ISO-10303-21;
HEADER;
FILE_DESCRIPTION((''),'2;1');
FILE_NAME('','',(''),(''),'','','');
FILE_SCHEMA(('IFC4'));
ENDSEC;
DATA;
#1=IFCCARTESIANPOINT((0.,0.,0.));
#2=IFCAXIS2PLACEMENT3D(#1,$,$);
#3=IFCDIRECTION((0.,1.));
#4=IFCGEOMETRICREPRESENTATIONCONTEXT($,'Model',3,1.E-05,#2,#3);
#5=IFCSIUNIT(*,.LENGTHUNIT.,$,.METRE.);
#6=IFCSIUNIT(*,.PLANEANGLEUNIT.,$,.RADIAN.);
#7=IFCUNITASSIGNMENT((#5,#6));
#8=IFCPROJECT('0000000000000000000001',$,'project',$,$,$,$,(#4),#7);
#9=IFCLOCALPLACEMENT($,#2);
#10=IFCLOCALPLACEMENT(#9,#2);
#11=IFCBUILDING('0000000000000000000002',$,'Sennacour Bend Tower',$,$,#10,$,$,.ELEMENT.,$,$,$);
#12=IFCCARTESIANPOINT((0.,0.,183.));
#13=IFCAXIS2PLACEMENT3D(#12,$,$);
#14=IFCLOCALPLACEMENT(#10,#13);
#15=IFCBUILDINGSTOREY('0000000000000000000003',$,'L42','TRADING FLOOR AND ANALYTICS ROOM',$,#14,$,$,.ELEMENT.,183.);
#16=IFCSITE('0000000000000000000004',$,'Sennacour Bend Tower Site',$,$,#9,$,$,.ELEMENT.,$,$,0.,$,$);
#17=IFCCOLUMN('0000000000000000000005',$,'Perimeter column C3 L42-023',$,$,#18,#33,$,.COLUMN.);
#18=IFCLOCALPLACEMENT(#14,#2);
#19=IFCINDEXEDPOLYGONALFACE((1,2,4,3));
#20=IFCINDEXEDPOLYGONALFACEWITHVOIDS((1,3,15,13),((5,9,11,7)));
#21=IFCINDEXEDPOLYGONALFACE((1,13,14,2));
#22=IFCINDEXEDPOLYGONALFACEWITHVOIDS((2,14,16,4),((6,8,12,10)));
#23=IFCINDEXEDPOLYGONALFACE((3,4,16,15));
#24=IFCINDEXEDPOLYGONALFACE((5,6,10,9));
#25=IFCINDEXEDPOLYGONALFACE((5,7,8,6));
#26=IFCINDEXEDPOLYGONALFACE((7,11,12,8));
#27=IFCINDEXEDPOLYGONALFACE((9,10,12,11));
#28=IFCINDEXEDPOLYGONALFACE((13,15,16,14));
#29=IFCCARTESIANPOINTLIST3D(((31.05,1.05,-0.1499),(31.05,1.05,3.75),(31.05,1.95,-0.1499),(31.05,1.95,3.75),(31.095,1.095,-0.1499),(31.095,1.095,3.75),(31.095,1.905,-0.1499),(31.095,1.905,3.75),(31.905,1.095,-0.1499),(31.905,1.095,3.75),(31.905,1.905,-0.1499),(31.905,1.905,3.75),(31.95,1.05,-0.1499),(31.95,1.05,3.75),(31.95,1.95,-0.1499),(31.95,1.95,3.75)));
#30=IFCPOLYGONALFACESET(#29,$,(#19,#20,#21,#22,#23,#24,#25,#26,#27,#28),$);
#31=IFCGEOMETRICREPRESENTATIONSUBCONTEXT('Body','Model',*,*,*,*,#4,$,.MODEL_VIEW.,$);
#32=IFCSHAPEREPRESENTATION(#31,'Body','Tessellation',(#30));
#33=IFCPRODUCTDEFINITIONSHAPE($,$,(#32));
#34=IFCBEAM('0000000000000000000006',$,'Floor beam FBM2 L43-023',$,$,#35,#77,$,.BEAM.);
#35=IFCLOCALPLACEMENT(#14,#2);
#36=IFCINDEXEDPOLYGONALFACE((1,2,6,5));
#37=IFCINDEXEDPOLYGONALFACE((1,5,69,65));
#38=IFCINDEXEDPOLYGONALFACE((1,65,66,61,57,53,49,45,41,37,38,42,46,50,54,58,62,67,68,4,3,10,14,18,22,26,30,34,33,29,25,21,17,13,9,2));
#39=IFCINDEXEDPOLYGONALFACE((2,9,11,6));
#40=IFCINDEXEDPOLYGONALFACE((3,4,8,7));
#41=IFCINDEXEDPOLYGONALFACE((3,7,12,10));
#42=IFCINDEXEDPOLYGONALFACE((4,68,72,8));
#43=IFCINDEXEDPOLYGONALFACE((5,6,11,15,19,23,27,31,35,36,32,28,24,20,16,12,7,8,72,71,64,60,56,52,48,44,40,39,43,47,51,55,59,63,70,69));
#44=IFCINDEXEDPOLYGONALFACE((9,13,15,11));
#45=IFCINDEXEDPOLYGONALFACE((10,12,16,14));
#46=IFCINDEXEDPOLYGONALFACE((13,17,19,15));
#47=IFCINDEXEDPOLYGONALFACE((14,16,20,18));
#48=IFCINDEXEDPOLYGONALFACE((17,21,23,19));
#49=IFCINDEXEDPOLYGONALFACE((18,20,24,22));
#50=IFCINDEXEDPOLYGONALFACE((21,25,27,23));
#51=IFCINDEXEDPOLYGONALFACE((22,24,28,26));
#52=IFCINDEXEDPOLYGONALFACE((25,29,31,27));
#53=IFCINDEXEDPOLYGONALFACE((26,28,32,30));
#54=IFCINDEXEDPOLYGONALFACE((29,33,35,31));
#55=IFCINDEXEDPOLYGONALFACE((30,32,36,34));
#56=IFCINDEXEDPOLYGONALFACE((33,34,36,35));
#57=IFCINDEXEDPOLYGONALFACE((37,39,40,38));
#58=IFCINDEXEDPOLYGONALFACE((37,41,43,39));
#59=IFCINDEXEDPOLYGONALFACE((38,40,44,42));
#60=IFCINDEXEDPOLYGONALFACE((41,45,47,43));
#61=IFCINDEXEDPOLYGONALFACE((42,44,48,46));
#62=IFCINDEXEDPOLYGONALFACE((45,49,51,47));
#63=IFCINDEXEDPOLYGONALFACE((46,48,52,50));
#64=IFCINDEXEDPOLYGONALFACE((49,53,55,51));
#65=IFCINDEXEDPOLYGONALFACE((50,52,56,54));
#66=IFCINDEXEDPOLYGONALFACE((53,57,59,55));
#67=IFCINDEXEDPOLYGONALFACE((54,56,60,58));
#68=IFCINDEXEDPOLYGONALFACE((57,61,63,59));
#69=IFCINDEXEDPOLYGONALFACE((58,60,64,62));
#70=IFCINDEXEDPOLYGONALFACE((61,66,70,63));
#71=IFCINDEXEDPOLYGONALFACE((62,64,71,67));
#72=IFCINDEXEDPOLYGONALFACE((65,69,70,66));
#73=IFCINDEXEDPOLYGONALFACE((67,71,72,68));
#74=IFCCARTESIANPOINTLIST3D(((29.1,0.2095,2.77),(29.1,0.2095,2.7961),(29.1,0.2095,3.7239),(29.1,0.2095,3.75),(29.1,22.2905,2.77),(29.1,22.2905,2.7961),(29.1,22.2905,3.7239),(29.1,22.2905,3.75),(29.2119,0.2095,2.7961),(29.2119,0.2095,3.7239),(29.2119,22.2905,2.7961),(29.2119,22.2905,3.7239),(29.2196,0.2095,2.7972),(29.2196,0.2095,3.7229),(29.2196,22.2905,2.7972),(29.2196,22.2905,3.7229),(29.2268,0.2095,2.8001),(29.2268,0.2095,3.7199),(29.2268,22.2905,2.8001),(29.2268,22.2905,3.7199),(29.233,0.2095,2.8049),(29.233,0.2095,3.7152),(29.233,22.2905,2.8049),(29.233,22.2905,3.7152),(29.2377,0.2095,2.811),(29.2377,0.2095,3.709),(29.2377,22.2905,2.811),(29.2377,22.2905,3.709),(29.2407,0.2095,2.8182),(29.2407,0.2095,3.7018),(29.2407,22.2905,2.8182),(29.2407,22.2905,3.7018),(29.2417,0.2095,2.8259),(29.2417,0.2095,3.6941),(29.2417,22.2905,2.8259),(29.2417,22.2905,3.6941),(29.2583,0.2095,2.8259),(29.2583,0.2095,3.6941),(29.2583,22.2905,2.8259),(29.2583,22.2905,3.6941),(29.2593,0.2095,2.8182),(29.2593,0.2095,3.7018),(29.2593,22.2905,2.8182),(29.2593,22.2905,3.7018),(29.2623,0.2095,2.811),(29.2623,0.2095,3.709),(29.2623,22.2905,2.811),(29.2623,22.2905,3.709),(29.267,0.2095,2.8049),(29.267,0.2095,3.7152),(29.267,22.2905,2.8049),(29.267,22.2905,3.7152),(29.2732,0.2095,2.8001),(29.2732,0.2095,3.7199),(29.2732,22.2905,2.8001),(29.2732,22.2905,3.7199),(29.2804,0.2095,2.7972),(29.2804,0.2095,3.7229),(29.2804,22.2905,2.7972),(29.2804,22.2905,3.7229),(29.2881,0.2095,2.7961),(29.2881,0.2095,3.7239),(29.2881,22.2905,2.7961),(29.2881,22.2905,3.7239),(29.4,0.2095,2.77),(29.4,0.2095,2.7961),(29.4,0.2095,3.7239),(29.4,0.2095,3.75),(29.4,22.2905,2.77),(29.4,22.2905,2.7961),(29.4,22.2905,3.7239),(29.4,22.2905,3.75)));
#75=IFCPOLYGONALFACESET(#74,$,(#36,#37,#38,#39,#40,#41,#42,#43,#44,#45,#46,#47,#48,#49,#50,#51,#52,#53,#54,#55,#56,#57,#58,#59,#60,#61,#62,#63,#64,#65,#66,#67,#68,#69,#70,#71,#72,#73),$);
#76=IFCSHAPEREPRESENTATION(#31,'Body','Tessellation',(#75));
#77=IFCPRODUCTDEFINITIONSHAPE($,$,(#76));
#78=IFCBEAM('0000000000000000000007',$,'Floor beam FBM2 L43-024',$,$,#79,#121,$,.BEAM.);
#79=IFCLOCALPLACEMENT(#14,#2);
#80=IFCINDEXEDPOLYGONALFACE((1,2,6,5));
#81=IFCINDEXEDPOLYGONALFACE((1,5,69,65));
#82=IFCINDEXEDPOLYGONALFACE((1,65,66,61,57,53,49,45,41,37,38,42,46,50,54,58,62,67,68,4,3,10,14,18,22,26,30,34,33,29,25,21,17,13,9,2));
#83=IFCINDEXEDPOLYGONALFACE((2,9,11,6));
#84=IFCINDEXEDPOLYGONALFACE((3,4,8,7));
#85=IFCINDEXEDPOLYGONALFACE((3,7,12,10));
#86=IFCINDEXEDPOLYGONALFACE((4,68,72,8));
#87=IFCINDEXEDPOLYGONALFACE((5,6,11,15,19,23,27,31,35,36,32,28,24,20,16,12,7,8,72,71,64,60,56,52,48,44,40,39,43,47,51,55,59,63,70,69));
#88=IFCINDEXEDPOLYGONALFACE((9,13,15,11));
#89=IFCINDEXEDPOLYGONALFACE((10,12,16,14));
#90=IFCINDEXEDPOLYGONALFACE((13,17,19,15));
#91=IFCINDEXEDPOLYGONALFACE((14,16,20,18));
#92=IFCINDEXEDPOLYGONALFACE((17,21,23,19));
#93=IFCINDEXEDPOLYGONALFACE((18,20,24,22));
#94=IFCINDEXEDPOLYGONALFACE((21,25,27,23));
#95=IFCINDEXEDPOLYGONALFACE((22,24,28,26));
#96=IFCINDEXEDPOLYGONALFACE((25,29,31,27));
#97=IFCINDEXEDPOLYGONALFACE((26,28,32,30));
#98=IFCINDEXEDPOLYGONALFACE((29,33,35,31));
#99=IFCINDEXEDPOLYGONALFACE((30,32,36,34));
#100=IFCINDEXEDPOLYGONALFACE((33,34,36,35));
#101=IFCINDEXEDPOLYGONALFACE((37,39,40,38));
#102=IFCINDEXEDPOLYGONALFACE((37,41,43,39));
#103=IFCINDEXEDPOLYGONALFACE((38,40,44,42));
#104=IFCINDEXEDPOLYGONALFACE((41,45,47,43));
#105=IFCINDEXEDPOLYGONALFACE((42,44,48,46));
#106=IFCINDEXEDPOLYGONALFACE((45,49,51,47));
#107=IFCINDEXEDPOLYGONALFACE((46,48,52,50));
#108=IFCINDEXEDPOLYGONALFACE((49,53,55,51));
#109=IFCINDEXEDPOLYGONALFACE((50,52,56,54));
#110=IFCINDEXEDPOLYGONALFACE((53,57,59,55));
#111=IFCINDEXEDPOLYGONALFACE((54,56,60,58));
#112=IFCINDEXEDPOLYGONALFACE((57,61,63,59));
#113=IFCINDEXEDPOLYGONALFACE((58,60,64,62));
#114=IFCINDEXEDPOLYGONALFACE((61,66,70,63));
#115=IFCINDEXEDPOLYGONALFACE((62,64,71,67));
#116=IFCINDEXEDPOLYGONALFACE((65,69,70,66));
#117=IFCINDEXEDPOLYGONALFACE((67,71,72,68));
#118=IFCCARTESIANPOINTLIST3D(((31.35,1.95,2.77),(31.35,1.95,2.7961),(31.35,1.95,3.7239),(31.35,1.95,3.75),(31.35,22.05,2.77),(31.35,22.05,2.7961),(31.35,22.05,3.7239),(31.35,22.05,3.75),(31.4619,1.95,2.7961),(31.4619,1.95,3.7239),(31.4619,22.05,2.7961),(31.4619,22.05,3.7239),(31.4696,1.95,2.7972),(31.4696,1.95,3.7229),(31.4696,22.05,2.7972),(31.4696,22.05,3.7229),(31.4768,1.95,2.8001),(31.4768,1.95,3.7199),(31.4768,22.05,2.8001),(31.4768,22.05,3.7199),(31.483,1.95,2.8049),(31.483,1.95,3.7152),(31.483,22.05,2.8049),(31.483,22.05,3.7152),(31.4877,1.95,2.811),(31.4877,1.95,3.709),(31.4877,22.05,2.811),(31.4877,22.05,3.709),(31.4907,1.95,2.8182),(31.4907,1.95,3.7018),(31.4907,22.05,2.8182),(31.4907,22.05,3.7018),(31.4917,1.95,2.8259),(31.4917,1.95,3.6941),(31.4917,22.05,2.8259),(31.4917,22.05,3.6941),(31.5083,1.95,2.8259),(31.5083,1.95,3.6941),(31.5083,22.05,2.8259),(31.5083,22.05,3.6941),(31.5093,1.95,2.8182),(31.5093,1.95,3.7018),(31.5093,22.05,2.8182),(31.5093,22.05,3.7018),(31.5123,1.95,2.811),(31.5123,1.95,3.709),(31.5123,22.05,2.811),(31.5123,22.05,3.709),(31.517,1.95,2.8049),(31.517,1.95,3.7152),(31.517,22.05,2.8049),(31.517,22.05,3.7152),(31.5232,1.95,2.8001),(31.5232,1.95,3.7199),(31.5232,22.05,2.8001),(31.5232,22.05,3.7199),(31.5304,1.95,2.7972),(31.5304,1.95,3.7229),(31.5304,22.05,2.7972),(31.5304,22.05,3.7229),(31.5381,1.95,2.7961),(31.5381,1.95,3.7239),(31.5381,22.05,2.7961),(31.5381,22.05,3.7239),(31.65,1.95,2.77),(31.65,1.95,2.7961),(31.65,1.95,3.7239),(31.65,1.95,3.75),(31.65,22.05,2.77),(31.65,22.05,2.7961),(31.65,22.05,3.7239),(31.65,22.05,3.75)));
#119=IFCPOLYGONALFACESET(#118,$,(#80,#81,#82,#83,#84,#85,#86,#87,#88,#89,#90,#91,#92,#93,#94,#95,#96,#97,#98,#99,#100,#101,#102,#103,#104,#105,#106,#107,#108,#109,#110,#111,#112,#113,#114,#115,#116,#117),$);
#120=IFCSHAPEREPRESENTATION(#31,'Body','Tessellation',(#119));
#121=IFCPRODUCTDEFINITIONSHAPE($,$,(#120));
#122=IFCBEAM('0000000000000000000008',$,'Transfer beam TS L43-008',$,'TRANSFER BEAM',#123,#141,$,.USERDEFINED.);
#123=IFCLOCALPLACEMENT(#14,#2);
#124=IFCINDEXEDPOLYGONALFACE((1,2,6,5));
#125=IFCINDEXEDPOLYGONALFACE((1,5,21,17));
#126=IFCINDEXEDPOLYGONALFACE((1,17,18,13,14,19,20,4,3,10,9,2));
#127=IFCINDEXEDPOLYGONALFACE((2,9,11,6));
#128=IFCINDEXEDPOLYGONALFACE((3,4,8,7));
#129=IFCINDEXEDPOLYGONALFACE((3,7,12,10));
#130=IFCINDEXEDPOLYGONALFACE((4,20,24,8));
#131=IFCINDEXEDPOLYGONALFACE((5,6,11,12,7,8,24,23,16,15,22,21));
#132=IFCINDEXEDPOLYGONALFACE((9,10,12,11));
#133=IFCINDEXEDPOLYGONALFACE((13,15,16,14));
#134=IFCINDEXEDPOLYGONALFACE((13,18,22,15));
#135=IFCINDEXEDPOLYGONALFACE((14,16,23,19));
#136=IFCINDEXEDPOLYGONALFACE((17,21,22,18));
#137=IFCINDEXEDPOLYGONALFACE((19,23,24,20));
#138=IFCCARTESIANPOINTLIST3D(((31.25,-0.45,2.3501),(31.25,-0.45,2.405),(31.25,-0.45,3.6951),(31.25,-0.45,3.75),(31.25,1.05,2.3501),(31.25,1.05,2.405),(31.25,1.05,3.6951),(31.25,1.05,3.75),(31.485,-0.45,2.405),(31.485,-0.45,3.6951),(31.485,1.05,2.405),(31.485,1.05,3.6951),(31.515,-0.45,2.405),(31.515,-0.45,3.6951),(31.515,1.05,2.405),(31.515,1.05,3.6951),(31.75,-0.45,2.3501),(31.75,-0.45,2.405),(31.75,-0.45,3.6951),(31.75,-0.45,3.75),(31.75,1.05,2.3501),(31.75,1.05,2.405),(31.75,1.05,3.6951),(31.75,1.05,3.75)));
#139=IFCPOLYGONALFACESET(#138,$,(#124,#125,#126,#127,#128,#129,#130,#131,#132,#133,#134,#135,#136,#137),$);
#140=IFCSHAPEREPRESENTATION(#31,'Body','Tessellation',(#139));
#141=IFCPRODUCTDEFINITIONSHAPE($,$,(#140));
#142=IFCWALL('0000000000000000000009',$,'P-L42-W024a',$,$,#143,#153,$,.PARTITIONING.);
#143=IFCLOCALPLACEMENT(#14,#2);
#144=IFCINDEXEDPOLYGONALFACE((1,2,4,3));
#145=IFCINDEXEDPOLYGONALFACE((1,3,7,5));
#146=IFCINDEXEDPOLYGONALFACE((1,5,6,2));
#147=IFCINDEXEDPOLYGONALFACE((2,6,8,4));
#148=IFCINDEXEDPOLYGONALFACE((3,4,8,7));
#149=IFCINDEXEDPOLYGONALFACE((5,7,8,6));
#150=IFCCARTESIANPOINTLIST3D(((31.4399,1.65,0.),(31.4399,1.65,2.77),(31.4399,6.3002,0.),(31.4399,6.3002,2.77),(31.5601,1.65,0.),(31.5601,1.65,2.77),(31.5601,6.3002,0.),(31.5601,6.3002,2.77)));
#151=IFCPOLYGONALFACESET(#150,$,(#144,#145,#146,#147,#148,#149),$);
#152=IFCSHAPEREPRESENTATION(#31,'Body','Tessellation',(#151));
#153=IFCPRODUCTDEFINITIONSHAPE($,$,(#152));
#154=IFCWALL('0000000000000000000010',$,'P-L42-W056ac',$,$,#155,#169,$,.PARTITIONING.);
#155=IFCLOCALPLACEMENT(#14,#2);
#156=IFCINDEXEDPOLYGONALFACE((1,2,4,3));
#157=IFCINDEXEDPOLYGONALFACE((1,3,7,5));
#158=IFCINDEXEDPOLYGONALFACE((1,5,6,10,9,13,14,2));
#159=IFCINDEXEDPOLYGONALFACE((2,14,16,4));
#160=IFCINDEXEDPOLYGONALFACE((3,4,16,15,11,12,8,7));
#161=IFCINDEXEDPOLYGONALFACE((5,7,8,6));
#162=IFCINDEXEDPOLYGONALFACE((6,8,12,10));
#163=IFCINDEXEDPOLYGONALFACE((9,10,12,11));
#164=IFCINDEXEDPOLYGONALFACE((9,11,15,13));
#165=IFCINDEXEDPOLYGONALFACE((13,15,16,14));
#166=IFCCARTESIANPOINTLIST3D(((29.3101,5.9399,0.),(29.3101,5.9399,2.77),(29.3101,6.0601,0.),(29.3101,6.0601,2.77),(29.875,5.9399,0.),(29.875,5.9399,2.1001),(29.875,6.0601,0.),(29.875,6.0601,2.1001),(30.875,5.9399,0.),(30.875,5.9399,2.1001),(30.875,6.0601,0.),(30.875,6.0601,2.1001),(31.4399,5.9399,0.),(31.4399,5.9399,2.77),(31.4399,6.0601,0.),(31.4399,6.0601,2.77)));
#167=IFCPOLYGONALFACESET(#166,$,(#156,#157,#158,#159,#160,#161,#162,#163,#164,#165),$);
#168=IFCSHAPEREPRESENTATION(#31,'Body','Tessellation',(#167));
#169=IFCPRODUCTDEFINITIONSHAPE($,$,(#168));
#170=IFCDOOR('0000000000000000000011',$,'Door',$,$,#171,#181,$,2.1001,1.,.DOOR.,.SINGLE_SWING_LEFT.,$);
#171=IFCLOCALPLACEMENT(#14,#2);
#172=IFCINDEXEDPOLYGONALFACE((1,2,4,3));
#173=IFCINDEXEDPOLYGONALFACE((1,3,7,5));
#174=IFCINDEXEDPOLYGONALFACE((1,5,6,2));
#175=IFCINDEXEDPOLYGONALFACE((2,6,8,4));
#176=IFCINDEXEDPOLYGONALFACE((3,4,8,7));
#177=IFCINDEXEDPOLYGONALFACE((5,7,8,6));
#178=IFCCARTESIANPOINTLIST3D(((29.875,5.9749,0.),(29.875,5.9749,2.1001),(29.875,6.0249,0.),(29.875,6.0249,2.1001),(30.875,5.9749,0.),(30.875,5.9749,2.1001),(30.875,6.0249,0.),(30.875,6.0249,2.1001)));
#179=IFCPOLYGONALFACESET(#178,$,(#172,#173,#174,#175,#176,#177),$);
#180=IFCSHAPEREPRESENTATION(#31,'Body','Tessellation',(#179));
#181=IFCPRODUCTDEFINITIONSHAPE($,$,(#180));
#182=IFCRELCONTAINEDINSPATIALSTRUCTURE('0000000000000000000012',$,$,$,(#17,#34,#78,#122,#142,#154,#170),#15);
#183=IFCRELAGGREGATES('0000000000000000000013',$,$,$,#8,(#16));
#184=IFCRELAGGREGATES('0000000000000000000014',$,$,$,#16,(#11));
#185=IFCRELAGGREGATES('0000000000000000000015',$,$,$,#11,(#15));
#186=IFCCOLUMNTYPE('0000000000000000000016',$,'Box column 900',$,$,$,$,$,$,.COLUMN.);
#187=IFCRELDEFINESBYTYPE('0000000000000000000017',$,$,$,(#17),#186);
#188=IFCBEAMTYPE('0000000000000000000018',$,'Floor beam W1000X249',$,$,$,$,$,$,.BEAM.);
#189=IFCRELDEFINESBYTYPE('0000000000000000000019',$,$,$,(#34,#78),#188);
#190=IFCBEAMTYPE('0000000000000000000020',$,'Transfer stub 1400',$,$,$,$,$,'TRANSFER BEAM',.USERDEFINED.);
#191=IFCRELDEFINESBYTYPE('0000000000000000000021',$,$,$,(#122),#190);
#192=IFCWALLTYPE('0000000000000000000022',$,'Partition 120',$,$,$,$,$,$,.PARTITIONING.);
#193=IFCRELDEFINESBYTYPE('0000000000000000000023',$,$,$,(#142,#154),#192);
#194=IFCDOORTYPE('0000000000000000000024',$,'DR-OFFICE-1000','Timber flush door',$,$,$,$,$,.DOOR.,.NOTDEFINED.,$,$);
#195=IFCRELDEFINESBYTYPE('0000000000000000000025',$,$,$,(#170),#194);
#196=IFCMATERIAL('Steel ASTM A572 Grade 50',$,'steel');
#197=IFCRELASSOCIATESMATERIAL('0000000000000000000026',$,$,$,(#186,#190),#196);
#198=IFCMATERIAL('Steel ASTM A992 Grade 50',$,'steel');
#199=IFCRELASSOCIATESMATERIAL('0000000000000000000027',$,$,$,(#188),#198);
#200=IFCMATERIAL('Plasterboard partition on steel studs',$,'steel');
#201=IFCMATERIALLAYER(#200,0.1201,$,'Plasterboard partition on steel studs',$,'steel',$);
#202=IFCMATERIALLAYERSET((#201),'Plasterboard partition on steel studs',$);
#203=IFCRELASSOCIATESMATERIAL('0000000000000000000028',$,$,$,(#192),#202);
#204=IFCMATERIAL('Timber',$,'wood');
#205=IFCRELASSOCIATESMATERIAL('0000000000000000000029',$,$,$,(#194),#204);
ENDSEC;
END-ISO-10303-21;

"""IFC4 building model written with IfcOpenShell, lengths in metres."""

from ifc_helpers import new_model, si_unit, direction, frame, frame_2d, origin, origin_2d, place, context, subcontext, project, spatial, rectangle, hollow_rectangle, i_section, extrude, material, layer, layer_set, material_profile, profile_set, type_object, element, fill, save


model = new_model("IFC4")

# Units and contexts
model_context = context("Model", 3, precision=1e-05, world=origin(), true_north=direction((0.0, 1.0)))
body_context = subcontext(model_context, "Body", "Model", "MODEL_VIEW")
ifc_project = project(units=[si_unit("LENGTHUNIT", "METRE"), si_unit("PLANEANGLEUNIT", "RADIAN")], contexts=[model_context])

# Site, building, storey
site_placement = place(None, origin())
site = spatial("IfcSite", under=ifc_project, at=site_placement, Name="Sennacour Bend Tower Site", CompositionType="ELEMENT", RefElevation=0.0)
building_placement = place(site_placement, origin())
building = spatial("IfcBuilding", under=site, at=building_placement, Name="Sennacour Bend Tower", CompositionType="ELEMENT")
storey_placement = place(building_placement, frame((0.0, 0.0, 183.0)))
storey = spatial("IfcBuildingStorey", under=building, at=storey_placement, Name="L42", Description="TRADING FLOOR AND ANALYTICS ROOM", CompositionType="ELEMENT", Elevation=183.0)

# Column
ifc_material_1 = material(Name="Steel ASTM A572 Grade 50", Category="steel")
ifc_material_profile_1 = material_profile(ifc_material_1, hollow_rectangle(XDim=0.8999, YDim=0.8999, WallThickness=0.0449, at=origin_2d()), Name="Steel ASTM A572 Grade 50", Category="steel")
ifc_profile_set_1 = profile_set([ifc_material_profile_1], Name="Steel ASTM A572 Grade 50")
column_type = type_object("IfcColumnType", Name="Box column 900", PredefinedType="COLUMN", material=ifc_profile_set_1)
column_placement = place(storey_placement, frame((31.5, 1.5, -0.1499), z_axis=(0.0, 0.0, 1.0), x_axis=(1.0, 0.0, 0.0)))
element("IfcColumn", 1, at=column_placement, inside=storey, type_object=column_type, Name="Perimeter column C3 L42-023", PredefinedType="COLUMN", context=body_context, shape_type="SweptSolid", body=[
    extrude(hollow_rectangle(XDim=0.8999, YDim=0.8999, WallThickness=0.0449, at=origin_2d()), origin(), (0.0, 0.0, 1.0), 3.8999),
])

# Beams
ifc_material_2 = material(Name="Steel ASTM A992 Grade 50", Category="steel")
ifc_material_profile_2 = material_profile(ifc_material_2, i_section(OverallWidth=0.3, OverallDepth=0.98, WebThickness=0.0166, FlangeThickness=0.0261, FilletRadius=0.0298, at=origin_2d()), Name="Steel ASTM A992 Grade 50", Category="steel")
ifc_profile_set_2 = profile_set([ifc_material_profile_2], Name="Steel ASTM A992 Grade 50")
beam_type_1 = type_object("IfcBeamType", Name="Floor beam W1000X249", PredefinedType="BEAM", material=ifc_profile_set_2)
beam_1_placement = place(storey_placement, frame((29.25, 0.2095, 3.26), z_axis=(0.0, 1.0, 0.0), x_axis=(-1.0, 0.0, 0.0)))
element("IfcBeam", 2, at=beam_1_placement, inside=storey, type_object=beam_type_1, Name="Floor beam FBM2 L43-023", PredefinedType="BEAM", context=body_context, shape_type="SweptSolid", body=[
    extrude(i_section(OverallWidth=0.3, OverallDepth=0.98, WebThickness=0.0166, FlangeThickness=0.0261, FilletRadius=0.0298, at=origin_2d()), origin(), (0.0, 0.0, 1.0), 22.0811),
])
beam_2_placement = place(storey_placement, frame((31.5, 1.95, 3.26), z_axis=(0.0, 1.0, 0.0), x_axis=(-1.0, 0.0, 0.0)))
element("IfcBeam", 3, at=beam_2_placement, inside=storey, type_object=beam_type_1, Name="Floor beam FBM2 L43-024", PredefinedType="BEAM", context=body_context, shape_type="SweptSolid", body=[
    extrude(i_section(OverallWidth=0.3, OverallDepth=0.98, WebThickness=0.0166, FlangeThickness=0.0261, FilletRadius=0.0298, at=origin_2d()), origin(), (0.0, 0.0, 1.0), 20.1001),
])
ifc_material_profile_3 = material_profile(ifc_material_1, i_section(OverallWidth=0.5, OverallDepth=1.3999, WebThickness=0.03, FlangeThickness=0.0549, at=origin_2d()), Name="Steel ASTM A572 Grade 50", Category="steel")
ifc_profile_set_3 = profile_set([ifc_material_profile_3], Name="Steel ASTM A572 Grade 50")
beam_type_2 = type_object("IfcBeamType", Name="Transfer stub 1400", ElementType="TRANSFER BEAM", PredefinedType="USERDEFINED", material=ifc_profile_set_3)
beam_3_placement = place(storey_placement, frame((31.5, 1.05, 3.05), z_axis=(0.0, -1.0, 0.0), x_axis=(1.0, 0.0, 0.0)))
element("IfcBeam", 4, at=beam_3_placement, inside=storey, type_object=beam_type_2, Name="Transfer beam TS L43-008", ObjectType="TRANSFER BEAM", PredefinedType="USERDEFINED", context=body_context, shape_type="SweptSolid", body=[
    extrude(i_section(OverallWidth=0.5, OverallDepth=1.3999, WebThickness=0.03, FlangeThickness=0.0549, at=origin_2d()), origin(), (0.0, 0.0, 1.0), 1.5),
])

# Wall
ifc_material_3 = material(Name="Plasterboard partition on steel studs", Category="steel")
ifc_layer_1 = layer(ifc_material_3, 0.1201, Name="Plasterboard partition on steel studs", Category="steel")
ifc_layer_set_1 = layer_set([ifc_layer_1], Name="Plasterboard partition on steel studs")
wall_type_1 = type_object("IfcWallType", Name="Partition 120", PredefinedType="PARTITIONING", material=ifc_layer_set_1)
wall_1_placement = place(storey_placement, frame((31.5, 1.6499, 0.0), z_axis=(0.0, 0.0, 1.0), x_axis=(0.0, 1.0, 0.0)))
element("IfcWall", 5, at=wall_1_placement, inside=storey, type_object=wall_type_1, Name="P-L42-W024a", PredefinedType="PARTITIONING", context=body_context, shape_type="SweptSolid", body=[
    extrude(rectangle(XDim=4.6501, YDim=0.1201, at=frame_2d((2.3252, 0.0))), origin(), (0.0, 0.0, 1.0), 2.77),
])

# Wall, opening, door
wall_2_placement = place(storey_placement, frame((29.3101, 6.0, 0.0), z_axis=(0.0, 0.0, 1.0), x_axis=(1.0, 0.0, 0.0)))
wall_2 = element("IfcWall", 6, at=wall_2_placement, inside=storey, type_object=wall_type_1, Name="P-L42-W056ac", PredefinedType="PARTITIONING", context=body_context, shape_type="SweptSolid", body=[
    extrude(rectangle(XDim=2.1299, YDim=0.1201, at=frame_2d((1.0649, 0.0))), origin(), (0.0, 0.0, 1.0), 2.77),
])
opening_1_placement = place(wall_2_placement, frame((0.5649, 0.0, 0.0)))
opening_1 = element("IfcOpeningElement", 7, at=opening_1_placement, cuts=wall_2, PredefinedType="OPENING", context=body_context, shape_type="SweptSolid", body=[
    extrude(rectangle(XDim=1.0, YDim=2.1001, at=frame_2d((0.5, 1.05))), frame((0.0, 0.0701, 0.0), z_axis=(0.0, -1.0, 0.0), x_axis=(1.0, 0.0, 0.0)), (0.0, 0.0, 1.0), 0.1401),
])
ifc_material_4 = material(Name="Timber", Category="wood")
door_type_1 = type_object("IfcDoorType", Name="DR-OFFICE-1000", Description="Timber flush door", OperationType="NOTDEFINED", PredefinedType="DOOR", material=ifc_material_4)
door_1_placement = place(opening_1_placement, origin())
door_1 = element("IfcDoor", 8, at=door_1_placement, inside=storey, type_object=door_type_1, Name="Door", OperationType="SINGLE_SWING_LEFT", OverallHeight=2.1001, OverallWidth=1.0, PredefinedType="DOOR", context=body_context, shape_type="SweptSolid", body=[
    extrude(rectangle(XDim=1.0, YDim=2.1001, at=frame_2d((0.5, 1.05))), frame((0.0, 0.0249, 0.0), z_axis=(0.0, -1.0, 0.0), x_axis=(1.0, 0.0, 0.0)), (0.0, 0.0, 1.0), 0.05),
])
fill(opening_1, door_1)

save(model, "model.ifc")
